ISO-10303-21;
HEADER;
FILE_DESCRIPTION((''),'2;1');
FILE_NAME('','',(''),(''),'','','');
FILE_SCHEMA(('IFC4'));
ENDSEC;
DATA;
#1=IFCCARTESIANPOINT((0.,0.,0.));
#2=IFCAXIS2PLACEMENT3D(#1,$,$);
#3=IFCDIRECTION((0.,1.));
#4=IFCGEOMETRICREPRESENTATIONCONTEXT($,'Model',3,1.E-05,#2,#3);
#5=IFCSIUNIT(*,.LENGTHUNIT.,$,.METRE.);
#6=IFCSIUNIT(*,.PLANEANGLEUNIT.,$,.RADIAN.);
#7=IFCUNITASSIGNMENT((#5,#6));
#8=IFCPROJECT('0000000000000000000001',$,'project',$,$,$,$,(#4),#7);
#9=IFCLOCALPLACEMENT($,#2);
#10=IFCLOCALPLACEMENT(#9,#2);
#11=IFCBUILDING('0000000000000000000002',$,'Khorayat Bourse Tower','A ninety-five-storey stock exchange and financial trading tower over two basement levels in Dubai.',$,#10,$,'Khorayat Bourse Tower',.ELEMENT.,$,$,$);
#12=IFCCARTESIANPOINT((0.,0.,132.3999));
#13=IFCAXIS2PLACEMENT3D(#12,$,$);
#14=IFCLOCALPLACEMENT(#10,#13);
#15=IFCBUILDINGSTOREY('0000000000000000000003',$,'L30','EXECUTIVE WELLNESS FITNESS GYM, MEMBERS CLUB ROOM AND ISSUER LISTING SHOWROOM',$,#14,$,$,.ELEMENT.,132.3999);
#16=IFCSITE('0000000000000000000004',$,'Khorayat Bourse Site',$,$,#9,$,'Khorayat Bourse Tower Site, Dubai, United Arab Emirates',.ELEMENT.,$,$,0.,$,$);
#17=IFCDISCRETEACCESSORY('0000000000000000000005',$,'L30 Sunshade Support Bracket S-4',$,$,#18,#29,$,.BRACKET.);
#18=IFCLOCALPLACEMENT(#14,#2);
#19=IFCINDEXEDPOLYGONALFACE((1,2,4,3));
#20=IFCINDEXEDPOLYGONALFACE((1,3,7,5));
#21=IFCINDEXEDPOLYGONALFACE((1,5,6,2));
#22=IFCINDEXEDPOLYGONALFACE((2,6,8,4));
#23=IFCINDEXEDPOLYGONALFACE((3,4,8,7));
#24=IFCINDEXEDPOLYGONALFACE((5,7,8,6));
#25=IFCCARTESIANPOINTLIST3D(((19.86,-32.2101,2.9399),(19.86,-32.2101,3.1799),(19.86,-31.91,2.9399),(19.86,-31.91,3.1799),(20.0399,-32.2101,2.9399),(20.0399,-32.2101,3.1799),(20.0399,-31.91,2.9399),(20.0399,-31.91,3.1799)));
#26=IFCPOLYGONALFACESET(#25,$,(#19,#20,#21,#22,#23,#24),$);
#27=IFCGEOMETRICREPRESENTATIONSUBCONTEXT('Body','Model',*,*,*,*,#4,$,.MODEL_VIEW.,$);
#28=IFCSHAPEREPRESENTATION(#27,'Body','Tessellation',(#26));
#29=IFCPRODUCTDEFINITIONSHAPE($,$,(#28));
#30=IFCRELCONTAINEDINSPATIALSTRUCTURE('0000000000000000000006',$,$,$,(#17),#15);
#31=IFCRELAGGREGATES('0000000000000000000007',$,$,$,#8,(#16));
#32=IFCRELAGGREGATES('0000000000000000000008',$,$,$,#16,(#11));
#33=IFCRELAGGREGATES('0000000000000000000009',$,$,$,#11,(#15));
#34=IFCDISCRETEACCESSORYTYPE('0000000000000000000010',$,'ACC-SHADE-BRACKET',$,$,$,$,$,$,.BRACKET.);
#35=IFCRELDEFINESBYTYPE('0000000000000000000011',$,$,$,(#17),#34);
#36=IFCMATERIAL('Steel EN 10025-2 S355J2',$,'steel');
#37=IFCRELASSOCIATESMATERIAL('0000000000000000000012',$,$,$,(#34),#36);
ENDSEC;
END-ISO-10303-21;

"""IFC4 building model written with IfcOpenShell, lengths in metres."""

from ifc_helpers import new_model, si_unit, direction, frame, origin, origin_2d, place, context, subcontext, project, spatial, rectangle, extrude, source, transform, mapped, material, type_object, element, save


model = new_model("IFC4")

# Units and contexts
model_context = context("Model", 3, precision=1e-05, world=origin(), true_north=direction((0.0, 1.0)))
body_context = subcontext(model_context, "Body", "Model", "MODEL_VIEW")
ifc_project = project(units=[si_unit("LENGTHUNIT", "METRE"), si_unit("PLANEANGLEUNIT", "RADIAN")], contexts=[model_context])

# Site, building, storey
site_placement = place(None, origin())
site = spatial("IfcSite", under=ifc_project, at=site_placement, Name="Khorayat Bourse Site", LongName="Khorayat Bourse Tower Site, Dubai, United Arab Emirates", CompositionType="ELEMENT", RefElevation=0.0)
building_placement = place(site_placement, origin())
building = spatial("IfcBuilding", under=site, at=building_placement, Name="Khorayat Bourse Tower", Description="A ninety-five-storey stock exchange and financial trading tower over two basement levels in Dubai.", LongName="Khorayat Bourse Tower", CompositionType="ELEMENT")
storey_placement = place(building_placement, frame((0.0, 0.0, 132.3999)))
storey = spatial("IfcBuildingStorey", under=building, at=storey_placement, Name="L30", Description="EXECUTIVE WELLNESS FITNESS GYM, MEMBERS CLUB ROOM AND ISSUER LISTING SHOWROOM", CompositionType="ELEMENT", Elevation=132.3999)

# Discrete accessory
ifc_material_1 = material(Name="Steel EN 10025-2 S355J2", Category="steel")
discrete_accessory_type = type_object("IfcDiscreteAccessoryType", Name="ACC-SHADE-BRACKET", PredefinedType="BRACKET", material=ifc_material_1)
shared_shape_1 = source(origin(), body_context, "Body", "SweptSolid", [
    extrude(rectangle(XDim=0.1799, YDim=0.3, at=origin_2d()), origin(), (0.0, 0.0, 1.0), 0.24),
])
discrete_accessory_placement = place(storey_placement, frame((19.95, -32.0601, 2.9399), z_axis=(0.0, 0.0, 1.0), x_axis=(1.0, 0.0, 0.0)))
element("IfcDiscreteAccessory", 1, at=discrete_accessory_placement, inside=storey, type_object=discrete_accessory_type, Name="L30 Sunshade Support Bracket S-4", PredefinedType="BRACKET", context=body_context, shape_type="MappedRepresentation", body=[
    mapped(shared_shape_1, transform((0.0, 0.0, 0.0), scale=1.0)),
])

save(model, "model.ifc")
